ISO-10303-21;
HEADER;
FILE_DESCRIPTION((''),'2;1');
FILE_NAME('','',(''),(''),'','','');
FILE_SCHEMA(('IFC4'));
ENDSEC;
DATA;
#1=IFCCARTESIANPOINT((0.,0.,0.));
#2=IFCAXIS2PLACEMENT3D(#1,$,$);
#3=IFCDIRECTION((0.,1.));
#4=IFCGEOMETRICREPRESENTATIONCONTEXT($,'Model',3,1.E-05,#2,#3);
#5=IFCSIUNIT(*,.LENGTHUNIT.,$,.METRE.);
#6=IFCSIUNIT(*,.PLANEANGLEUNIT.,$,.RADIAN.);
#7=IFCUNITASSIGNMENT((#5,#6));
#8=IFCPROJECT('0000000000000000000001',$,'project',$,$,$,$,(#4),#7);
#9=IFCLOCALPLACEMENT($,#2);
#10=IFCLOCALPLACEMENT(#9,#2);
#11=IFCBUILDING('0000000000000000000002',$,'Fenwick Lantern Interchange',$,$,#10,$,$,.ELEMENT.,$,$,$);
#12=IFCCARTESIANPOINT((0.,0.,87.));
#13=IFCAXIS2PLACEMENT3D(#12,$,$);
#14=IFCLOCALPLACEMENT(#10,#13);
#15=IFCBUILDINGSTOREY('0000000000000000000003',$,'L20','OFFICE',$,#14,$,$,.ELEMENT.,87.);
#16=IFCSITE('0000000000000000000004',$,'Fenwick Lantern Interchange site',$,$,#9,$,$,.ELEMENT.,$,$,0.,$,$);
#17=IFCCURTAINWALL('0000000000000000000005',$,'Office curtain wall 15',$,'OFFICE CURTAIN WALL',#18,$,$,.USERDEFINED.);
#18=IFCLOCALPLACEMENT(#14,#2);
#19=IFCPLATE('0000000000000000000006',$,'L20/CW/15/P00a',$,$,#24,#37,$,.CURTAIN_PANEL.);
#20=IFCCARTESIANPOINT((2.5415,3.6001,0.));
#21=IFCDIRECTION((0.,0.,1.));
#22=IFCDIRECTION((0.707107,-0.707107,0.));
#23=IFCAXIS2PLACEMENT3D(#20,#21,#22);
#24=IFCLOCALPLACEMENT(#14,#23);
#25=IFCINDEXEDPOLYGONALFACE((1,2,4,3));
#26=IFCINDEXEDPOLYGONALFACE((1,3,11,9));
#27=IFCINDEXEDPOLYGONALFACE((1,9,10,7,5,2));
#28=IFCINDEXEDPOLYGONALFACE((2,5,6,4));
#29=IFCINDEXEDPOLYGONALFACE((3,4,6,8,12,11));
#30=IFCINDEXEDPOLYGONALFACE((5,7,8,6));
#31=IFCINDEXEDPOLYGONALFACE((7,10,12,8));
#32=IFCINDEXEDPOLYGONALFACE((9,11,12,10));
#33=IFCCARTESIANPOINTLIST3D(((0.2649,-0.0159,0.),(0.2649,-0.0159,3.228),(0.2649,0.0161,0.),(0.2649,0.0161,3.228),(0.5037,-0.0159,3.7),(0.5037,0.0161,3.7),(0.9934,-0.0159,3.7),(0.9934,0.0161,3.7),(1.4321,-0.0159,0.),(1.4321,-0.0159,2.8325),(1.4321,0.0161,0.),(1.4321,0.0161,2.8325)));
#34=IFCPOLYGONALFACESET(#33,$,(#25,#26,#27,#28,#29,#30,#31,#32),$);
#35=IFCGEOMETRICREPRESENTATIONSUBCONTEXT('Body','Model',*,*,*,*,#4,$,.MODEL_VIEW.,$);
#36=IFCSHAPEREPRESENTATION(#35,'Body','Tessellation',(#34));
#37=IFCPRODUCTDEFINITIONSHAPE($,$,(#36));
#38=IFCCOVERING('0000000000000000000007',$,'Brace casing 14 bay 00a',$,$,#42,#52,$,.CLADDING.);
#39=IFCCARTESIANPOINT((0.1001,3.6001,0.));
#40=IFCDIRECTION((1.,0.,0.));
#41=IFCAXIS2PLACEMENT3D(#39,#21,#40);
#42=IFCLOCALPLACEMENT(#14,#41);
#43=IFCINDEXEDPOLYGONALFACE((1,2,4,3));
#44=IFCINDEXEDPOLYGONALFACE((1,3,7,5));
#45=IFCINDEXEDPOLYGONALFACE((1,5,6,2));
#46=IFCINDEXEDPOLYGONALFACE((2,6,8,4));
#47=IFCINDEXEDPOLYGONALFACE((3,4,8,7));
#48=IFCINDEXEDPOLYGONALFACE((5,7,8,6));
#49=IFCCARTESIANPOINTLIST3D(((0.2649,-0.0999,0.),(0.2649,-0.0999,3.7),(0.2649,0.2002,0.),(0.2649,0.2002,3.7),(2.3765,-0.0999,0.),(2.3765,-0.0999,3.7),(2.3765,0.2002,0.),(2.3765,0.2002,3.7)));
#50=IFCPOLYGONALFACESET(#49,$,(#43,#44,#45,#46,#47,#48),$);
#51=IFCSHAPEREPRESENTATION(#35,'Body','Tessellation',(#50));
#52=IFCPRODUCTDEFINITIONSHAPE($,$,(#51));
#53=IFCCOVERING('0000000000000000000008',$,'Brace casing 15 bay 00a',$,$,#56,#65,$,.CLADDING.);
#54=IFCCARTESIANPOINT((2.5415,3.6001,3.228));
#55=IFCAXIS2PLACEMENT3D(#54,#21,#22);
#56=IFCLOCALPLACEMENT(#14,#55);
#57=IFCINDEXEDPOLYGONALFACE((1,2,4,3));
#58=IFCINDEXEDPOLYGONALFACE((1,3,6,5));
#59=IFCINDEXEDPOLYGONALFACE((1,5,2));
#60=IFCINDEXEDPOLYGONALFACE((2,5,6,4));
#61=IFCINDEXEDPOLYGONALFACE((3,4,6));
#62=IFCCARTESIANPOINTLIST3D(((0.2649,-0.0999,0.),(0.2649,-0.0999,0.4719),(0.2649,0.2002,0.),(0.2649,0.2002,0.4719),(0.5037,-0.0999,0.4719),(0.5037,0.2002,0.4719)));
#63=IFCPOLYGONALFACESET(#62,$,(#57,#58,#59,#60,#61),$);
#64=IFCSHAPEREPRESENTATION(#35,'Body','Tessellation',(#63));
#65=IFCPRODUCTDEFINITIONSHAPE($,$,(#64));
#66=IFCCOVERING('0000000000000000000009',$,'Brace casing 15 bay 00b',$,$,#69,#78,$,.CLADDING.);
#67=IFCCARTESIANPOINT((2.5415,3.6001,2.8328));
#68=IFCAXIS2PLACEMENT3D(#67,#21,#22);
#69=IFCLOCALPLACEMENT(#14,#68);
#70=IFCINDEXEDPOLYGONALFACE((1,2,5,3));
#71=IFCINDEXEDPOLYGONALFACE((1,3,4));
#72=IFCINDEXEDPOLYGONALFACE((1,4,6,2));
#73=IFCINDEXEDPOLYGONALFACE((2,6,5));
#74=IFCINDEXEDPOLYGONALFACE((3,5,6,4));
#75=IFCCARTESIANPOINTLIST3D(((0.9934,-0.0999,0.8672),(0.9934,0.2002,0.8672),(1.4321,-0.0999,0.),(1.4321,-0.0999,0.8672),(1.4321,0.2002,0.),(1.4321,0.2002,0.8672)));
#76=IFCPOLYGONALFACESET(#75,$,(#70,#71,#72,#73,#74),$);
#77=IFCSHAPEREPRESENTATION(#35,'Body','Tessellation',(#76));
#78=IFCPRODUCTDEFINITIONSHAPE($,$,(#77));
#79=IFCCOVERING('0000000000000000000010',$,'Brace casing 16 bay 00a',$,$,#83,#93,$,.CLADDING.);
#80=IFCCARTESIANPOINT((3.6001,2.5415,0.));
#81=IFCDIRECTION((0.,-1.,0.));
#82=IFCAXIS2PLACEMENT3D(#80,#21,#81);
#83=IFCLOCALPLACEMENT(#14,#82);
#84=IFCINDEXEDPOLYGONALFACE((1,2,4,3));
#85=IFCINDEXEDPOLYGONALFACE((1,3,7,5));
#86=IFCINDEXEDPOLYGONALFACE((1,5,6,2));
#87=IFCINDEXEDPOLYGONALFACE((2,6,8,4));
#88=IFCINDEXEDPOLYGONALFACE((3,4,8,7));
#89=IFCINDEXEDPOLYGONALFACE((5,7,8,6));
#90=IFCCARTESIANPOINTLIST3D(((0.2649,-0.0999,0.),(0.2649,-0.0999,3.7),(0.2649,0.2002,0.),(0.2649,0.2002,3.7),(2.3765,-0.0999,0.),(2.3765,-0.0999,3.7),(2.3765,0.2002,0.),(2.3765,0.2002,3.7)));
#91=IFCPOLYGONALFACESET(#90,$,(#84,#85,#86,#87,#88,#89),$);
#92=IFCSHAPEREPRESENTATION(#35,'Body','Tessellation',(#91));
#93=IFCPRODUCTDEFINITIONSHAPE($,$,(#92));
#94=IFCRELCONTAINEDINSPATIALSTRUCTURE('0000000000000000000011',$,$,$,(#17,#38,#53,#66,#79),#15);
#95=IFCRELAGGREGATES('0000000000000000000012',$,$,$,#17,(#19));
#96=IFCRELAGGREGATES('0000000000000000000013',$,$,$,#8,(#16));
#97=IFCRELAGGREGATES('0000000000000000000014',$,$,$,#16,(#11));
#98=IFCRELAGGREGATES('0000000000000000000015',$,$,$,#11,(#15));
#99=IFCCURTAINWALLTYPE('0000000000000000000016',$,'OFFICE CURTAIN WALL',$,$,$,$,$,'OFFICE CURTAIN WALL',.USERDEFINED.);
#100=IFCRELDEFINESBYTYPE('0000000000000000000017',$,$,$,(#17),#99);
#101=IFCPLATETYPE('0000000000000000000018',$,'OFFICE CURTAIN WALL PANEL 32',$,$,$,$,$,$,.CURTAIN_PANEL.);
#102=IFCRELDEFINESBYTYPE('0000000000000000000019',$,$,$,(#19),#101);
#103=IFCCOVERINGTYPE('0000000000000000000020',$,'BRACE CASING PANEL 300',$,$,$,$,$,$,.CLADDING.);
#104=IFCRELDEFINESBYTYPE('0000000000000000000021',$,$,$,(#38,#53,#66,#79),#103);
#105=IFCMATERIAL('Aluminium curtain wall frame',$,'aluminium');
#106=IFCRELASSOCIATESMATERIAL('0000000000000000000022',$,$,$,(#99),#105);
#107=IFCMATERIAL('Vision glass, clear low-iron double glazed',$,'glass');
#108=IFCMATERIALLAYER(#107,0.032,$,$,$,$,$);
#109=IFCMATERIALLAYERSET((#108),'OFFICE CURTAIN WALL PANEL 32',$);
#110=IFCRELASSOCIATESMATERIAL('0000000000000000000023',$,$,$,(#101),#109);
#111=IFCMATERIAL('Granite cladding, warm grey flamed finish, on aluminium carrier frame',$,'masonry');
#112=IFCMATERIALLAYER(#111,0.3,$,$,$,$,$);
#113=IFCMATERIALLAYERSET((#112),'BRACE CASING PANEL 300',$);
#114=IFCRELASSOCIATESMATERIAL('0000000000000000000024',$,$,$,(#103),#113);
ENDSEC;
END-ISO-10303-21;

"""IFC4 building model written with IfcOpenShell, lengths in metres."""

from ifc_helpers import new_model, si_unit, direction, frame, origin, place, context, subcontext, project, spatial, polyline, outline, extrude, material, layer, layer_set, type_object, element, aggregate, save


model = new_model("IFC4")

# Units and contexts
model_context = context("Model", 3, precision=1e-05, world=origin(), true_north=direction((0.0, 1.0)))
body_context = subcontext(model_context, "Body", "Model", "MODEL_VIEW")
ifc_project = project(units=[si_unit("LENGTHUNIT", "METRE"), si_unit("PLANEANGLEUNIT", "RADIAN")], contexts=[model_context])

# Site, building, storey
site_placement = place(None, origin())
site = spatial("IfcSite", under=ifc_project, at=site_placement, Name="Fenwick Lantern Interchange site", CompositionType="ELEMENT", RefElevation=0.0)
building_placement = place(site_placement, origin())
building = spatial("IfcBuilding", under=site, at=building_placement, Name="Fenwick Lantern Interchange", CompositionType="ELEMENT")
storey_placement = place(building_placement, frame((0.0, 0.0, 87.0)))
storey = spatial("IfcBuildingStorey", under=building, at=storey_placement, Name="L20", Description="OFFICE", CompositionType="ELEMENT", Elevation=87.0)

# Curtain wall
ifc_material_1 = material(Name="Aluminium curtain wall frame", Category="aluminium")
curtain_wall_type = type_object("IfcCurtainWallType", Name="OFFICE CURTAIN WALL", ElementType="OFFICE CURTAIN WALL", PredefinedType="USERDEFINED", material=ifc_material_1)
curtain_wall_1_placement = place(storey_placement, origin())
curtain_wall_1 = element("IfcCurtainWall", 1, at=curtain_wall_1_placement, inside=storey, type_object=curtain_wall_type, Name="Office curtain wall 15", ObjectType="OFFICE CURTAIN WALL", PredefinedType="USERDEFINED")

# Plate
ifc_material_2 = material(Name="Vision glass, clear low-iron double glazed", Category="glass")
ifc_layer_1 = layer(ifc_material_2, 0.032)
ifc_layer_set_1 = layer_set([ifc_layer_1], Name="OFFICE CURTAIN WALL PANEL 32")
plate_type = type_object("IfcPlateType", Name="OFFICE CURTAIN WALL PANEL 32", PredefinedType="CURTAIN_PANEL", material=ifc_layer_set_1)
plate_placement = place(storey_placement, frame((2.5415, 3.6001, 0.0), z_axis=(0.0, 0.0, 1.0), x_axis=(0.707107, -0.707107, 0.0)))
plate = element("IfcPlate", 2, at=plate_placement, type_object=plate_type, Name="L20/CW/15/P00a", PredefinedType="CURTAIN_PANEL", context=body_context, shape_type="SweptSolid", body=[
    extrude(outline(polyline([(0.2649, 0.0), (1.4321, 0.0), (1.4321, 2.8325), (0.9934, 3.7), (0.5037, 3.7), (0.2649, 3.228), (0.2649, 0.0)])), frame((0.0, 0.0161, 0.0), z_axis=(0.0, -1.0, 0.0), x_axis=(1.0, 0.0, 0.0)), (0.0, 0.0, 1.0), 0.032),
])
aggregate(curtain_wall_1, [plate])

# Coverings
ifc_material_3 = material(Name="Granite cladding, warm grey flamed finish, on aluminium carrier frame", Category="masonry")
ifc_layer_2 = layer(ifc_material_3, 0.3)
ifc_layer_set_2 = layer_set([ifc_layer_2], Name="BRACE CASING PANEL 300")
covering_type = type_object("IfcCoveringType", Name="BRACE CASING PANEL 300", PredefinedType="CLADDING", material=ifc_layer_set_2)
covering_1_placement = place(storey_placement, frame((0.1001, 3.6001, 0.0), z_axis=(0.0, 0.0, 1.0), x_axis=(1.0, 0.0, 0.0)))
element("IfcCovering", 3, at=covering_1_placement, inside=storey, type_object=covering_type, Name="Brace casing 14 bay 00a", PredefinedType="CLADDING", context=body_context, shape_type="SweptSolid", body=[
    extrude(outline(polyline([(0.2649, 0.0), (2.3765, 0.0), (2.3765, 3.7), (0.2649, 3.7), (0.2649, 0.0)])), frame((0.0, 0.2002, 0.0), z_axis=(0.0, -1.0, 0.0), x_axis=(1.0, 0.0, 0.0)), (0.0, 0.0, 1.0), 0.3),
])
covering_2_placement = place(storey_placement, frame((2.5415, 3.6001, 3.228), z_axis=(0.0, 0.0, 1.0), x_axis=(0.707107, -0.707107, 0.0)))
element("IfcCovering", 4, at=covering_2_placement, inside=storey, type_object=covering_type, Name="Brace casing 15 bay 00a", PredefinedType="CLADDING", context=body_context, shape_type="SweptSolid", body=[
    extrude(outline(polyline([(0.2649, 0.0), (0.5037, 0.4719), (0.2649, 0.4719), (0.2649, 0.0)])), frame((0.0, 0.2002, 0.0), z_axis=(0.0, -1.0, 0.0), x_axis=(1.0, 0.0, 0.0)), (0.0, 0.0, 1.0), 0.3),
])
covering_3_placement = place(storey_placement, frame((2.5415, 3.6001, 2.8328), z_axis=(0.0, 0.0, 1.0), x_axis=(0.707107, -0.707107, 0.0)))
element("IfcCovering", 5, at=covering_3_placement, inside=storey, type_object=covering_type, Name="Brace casing 15 bay 00b", PredefinedType="CLADDING", context=body_context, shape_type="SweptSolid", body=[
    extrude(outline(polyline([(1.4321, 0.0), (1.4321, 0.8672), (0.9934, 0.8672), (1.4321, 0.0)])), frame((0.0, 0.2002, 0.0), z_axis=(0.0, -1.0, 0.0), x_axis=(1.0, 0.0, 0.0)), (0.0, 0.0, 1.0), 0.3),
])
covering_4_placement = place(storey_placement, frame((3.6001, 2.5415, 0.0), z_axis=(0.0, 0.0, 1.0), x_axis=(0.0, -1.0, 0.0)))
element("IfcCovering", 6, at=covering_4_placement, inside=storey, type_object=covering_type, Name="Brace casing 16 bay 00a", PredefinedType="CLADDING", context=body_context, shape_type="SweptSolid", body=[
    extrude(outline(polyline([(0.2649, 0.0), (2.3765, 0.0), (2.3765, 3.7), (0.2649, 3.7), (0.2649, 0.0)])), frame((0.0, 0.2002, 0.0), z_axis=(0.0, -1.0, 0.0), x_axis=(1.0, 0.0, 0.0)), (0.0, 0.0, 1.0), 0.3),
])

save(model, "model.ifc")
